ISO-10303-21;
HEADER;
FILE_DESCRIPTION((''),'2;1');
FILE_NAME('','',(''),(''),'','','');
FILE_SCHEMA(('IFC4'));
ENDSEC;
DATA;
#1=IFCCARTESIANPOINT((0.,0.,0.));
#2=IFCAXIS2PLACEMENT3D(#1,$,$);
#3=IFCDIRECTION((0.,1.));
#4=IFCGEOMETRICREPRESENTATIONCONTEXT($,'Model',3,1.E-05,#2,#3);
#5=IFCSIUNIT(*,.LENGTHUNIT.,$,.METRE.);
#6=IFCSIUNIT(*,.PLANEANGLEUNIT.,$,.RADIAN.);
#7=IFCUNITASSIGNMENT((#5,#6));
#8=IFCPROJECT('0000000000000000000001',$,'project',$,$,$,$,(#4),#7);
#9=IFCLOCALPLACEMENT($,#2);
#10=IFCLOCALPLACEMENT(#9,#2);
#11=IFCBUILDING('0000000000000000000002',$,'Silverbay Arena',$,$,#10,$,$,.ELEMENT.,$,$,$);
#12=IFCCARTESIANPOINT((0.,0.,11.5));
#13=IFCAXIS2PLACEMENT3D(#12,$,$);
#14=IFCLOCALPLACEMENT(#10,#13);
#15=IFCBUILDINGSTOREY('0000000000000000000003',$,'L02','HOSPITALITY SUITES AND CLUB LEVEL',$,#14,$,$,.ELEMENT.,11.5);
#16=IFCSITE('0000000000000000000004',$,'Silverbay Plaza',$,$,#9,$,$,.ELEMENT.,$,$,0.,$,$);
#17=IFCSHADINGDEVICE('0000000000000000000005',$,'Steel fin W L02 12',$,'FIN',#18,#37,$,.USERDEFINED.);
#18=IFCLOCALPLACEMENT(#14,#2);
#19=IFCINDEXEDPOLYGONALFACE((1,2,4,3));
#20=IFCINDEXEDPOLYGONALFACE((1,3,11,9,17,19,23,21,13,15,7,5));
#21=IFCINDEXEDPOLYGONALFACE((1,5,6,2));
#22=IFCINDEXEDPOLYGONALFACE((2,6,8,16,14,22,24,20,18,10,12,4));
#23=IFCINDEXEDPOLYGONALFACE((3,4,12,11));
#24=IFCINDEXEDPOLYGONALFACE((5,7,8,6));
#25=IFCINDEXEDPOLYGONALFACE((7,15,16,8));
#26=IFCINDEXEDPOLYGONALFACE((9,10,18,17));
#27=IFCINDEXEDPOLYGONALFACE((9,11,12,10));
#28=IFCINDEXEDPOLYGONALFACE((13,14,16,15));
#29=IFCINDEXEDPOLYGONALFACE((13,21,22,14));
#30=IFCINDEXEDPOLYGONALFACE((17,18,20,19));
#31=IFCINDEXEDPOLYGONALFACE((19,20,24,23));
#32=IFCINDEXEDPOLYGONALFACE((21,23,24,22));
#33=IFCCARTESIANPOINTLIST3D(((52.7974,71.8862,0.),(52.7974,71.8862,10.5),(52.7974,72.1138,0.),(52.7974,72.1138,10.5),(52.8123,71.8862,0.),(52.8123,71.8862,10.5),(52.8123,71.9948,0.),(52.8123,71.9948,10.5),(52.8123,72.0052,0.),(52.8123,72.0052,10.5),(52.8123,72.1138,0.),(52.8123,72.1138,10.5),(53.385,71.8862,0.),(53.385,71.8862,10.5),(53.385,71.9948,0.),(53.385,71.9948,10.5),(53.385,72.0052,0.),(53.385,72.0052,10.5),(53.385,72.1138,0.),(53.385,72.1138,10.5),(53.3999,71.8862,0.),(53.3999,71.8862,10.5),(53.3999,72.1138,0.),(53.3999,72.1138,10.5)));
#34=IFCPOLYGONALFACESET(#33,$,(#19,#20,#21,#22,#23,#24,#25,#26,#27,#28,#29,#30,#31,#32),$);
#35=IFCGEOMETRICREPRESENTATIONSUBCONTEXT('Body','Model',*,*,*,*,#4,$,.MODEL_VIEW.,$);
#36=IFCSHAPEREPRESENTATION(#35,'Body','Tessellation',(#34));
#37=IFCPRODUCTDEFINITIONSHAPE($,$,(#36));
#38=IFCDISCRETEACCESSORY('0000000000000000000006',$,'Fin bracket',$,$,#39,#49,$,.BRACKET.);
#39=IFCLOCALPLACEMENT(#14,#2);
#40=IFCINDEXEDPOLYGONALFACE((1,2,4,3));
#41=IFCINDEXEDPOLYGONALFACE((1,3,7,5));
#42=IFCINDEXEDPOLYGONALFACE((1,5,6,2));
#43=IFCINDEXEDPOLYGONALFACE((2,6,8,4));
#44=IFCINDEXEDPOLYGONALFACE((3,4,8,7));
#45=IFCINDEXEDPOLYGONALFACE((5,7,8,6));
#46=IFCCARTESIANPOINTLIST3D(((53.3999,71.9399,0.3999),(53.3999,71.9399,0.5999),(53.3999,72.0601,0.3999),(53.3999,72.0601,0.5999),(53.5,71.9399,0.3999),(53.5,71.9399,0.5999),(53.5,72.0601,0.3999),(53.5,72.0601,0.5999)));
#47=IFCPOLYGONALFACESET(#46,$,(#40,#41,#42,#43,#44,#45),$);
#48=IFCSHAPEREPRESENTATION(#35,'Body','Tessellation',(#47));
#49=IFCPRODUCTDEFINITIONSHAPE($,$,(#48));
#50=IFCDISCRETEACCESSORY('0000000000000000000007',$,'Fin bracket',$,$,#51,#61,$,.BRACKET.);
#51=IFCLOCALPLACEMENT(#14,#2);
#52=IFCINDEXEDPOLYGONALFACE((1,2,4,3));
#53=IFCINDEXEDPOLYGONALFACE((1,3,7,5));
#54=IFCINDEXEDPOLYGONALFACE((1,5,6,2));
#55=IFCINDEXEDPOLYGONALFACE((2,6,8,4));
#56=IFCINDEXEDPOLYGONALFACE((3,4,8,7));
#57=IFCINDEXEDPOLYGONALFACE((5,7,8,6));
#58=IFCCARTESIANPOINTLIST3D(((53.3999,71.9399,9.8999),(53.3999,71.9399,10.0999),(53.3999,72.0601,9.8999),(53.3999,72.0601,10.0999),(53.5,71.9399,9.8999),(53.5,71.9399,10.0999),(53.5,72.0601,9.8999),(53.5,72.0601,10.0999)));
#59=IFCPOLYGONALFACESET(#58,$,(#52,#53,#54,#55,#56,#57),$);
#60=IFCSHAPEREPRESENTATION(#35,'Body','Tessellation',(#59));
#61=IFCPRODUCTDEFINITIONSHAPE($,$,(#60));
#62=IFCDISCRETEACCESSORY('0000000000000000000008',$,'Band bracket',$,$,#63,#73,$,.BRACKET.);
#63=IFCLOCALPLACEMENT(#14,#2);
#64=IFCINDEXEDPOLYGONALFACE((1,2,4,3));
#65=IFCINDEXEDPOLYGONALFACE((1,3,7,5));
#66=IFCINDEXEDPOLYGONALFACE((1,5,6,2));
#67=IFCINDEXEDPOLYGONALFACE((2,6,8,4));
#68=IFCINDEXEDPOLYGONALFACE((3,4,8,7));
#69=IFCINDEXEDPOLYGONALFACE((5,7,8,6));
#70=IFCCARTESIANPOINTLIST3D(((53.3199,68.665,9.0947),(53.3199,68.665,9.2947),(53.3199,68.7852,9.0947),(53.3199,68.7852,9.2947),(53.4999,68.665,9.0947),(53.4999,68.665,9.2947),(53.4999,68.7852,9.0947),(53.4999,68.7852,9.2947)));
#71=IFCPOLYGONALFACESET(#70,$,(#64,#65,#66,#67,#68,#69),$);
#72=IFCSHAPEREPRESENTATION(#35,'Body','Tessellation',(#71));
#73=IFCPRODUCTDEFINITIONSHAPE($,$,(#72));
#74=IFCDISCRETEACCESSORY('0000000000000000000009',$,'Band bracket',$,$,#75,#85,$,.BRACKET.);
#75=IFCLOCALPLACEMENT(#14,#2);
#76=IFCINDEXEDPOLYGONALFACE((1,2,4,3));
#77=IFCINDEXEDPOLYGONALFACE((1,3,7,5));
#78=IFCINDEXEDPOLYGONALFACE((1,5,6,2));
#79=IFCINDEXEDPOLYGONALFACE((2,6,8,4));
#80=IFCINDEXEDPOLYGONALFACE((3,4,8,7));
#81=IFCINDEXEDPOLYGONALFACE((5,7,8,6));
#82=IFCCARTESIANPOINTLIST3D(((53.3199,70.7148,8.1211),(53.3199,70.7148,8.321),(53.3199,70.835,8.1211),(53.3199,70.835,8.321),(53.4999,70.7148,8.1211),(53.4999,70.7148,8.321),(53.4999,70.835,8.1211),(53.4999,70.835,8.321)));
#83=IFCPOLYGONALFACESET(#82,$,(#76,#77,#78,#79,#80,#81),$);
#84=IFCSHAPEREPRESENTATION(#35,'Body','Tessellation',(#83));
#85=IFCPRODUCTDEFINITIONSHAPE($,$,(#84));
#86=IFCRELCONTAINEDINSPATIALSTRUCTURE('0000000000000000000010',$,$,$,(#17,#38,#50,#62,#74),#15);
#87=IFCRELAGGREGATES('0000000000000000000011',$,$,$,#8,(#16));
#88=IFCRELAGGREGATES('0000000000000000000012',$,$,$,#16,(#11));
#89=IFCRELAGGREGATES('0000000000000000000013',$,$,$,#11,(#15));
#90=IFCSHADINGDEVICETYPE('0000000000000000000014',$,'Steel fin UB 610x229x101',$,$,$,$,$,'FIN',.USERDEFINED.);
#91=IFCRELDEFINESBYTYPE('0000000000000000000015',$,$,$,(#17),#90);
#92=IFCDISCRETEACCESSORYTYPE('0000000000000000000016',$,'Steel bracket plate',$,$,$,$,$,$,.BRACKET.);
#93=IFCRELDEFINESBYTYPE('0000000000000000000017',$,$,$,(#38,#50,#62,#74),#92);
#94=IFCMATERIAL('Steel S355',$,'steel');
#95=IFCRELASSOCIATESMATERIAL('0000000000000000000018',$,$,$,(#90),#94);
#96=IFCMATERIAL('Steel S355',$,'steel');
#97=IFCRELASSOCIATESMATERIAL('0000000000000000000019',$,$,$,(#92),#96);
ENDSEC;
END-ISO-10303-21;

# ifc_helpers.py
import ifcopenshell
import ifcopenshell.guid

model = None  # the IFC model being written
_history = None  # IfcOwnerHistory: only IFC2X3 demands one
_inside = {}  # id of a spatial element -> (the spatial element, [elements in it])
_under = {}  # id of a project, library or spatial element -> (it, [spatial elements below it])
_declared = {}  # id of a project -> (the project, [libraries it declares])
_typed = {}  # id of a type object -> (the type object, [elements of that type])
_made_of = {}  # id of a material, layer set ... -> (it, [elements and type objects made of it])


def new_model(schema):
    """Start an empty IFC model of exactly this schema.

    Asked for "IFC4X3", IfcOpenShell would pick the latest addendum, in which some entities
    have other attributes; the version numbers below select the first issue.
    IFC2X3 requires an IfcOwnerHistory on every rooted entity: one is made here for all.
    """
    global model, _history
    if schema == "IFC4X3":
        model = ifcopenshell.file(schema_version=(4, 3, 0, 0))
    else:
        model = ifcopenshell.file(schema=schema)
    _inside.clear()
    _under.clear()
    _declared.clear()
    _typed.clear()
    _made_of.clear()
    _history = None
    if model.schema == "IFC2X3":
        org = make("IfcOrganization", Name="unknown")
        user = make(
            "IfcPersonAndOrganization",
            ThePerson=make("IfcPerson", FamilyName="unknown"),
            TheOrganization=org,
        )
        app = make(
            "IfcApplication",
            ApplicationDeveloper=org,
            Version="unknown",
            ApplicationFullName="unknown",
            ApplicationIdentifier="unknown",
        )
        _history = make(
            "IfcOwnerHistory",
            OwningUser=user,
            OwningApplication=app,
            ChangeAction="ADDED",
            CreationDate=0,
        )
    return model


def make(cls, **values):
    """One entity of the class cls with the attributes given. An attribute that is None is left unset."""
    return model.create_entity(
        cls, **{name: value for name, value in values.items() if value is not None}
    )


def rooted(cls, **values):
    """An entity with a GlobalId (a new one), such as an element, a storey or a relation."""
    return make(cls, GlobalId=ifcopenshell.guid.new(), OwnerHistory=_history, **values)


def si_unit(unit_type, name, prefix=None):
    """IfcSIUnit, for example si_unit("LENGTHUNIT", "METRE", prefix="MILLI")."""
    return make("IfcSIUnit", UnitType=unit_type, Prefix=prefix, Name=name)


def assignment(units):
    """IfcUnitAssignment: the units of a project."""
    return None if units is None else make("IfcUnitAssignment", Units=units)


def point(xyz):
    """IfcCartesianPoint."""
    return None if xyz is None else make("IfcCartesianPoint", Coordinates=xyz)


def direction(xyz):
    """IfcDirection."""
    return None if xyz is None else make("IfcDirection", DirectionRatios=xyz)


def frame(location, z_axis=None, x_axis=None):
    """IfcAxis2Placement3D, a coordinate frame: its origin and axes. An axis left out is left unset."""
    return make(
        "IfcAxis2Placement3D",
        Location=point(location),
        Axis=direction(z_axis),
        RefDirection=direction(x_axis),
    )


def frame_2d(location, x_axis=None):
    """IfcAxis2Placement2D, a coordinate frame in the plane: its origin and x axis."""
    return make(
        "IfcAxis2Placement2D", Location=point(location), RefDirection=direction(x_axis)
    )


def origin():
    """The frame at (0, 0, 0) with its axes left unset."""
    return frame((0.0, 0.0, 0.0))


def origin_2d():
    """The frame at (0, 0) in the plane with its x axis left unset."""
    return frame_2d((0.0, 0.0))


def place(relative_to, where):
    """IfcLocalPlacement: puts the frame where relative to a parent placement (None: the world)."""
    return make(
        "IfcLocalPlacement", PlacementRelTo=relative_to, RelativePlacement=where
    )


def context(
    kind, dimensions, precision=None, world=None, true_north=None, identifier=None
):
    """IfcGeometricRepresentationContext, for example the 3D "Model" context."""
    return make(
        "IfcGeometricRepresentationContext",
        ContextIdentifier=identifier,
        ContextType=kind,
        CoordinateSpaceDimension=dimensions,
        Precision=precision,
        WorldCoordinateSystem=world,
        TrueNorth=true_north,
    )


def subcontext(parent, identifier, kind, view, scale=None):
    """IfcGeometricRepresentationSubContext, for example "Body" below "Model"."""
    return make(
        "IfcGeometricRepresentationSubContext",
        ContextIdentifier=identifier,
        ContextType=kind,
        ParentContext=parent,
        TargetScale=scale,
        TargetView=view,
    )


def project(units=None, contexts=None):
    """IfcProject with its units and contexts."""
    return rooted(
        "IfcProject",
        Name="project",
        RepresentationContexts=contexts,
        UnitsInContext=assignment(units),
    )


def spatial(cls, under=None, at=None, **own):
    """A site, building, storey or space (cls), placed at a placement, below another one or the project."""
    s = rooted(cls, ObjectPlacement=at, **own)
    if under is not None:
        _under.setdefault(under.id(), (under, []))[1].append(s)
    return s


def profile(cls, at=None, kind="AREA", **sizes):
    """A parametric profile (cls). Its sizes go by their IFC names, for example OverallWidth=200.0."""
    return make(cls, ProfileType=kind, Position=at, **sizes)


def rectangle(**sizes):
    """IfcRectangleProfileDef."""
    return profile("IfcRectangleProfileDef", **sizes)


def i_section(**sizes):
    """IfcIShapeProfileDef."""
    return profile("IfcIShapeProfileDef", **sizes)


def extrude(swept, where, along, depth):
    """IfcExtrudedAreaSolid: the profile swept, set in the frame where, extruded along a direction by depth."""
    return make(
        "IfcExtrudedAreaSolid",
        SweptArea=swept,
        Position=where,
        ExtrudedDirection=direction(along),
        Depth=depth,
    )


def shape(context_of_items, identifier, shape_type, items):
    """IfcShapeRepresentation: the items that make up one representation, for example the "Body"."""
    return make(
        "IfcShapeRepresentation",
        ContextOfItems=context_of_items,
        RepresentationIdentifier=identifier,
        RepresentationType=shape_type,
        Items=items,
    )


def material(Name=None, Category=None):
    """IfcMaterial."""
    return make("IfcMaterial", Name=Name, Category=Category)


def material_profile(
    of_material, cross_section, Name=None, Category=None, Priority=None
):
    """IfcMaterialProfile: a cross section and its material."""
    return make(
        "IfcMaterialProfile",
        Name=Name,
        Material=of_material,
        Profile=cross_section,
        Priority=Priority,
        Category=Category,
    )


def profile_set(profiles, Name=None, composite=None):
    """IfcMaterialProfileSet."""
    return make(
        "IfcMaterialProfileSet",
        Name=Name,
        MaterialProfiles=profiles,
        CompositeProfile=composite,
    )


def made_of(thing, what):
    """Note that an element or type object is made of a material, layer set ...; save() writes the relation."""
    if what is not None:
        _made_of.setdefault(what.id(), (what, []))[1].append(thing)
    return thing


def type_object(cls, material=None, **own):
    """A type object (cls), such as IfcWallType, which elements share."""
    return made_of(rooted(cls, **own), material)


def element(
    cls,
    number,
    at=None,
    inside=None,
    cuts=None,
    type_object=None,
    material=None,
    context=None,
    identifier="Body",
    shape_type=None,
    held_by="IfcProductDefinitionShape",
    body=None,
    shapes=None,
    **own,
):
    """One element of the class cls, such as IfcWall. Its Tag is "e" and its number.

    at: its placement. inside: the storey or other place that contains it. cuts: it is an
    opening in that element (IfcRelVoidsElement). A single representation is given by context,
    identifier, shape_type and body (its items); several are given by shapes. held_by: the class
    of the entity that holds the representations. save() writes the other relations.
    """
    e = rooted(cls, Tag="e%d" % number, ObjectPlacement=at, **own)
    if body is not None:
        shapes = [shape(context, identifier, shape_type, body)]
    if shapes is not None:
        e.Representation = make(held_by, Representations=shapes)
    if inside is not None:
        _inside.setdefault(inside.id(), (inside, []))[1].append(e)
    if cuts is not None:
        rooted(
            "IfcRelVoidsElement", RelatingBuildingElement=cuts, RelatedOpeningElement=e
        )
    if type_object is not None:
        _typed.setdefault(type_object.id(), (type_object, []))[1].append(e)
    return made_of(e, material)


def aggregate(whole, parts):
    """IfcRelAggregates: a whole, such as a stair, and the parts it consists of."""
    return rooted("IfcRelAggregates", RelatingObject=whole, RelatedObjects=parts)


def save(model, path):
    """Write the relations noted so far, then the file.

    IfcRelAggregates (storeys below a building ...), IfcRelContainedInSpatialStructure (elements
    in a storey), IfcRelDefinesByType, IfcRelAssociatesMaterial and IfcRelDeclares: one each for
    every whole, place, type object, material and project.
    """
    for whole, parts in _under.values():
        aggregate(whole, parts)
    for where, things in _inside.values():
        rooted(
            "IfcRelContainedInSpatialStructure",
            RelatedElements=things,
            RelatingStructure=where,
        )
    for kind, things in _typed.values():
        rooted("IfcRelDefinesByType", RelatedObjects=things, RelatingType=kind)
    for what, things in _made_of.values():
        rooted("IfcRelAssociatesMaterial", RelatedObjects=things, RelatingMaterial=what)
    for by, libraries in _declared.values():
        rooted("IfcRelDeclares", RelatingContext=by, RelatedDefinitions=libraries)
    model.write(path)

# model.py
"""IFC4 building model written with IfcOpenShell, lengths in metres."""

from ifc_helpers import new_model, si_unit, direction, frame, origin, origin_2d, place, context, subcontext, project, spatial, rectangle, i_section, extrude, material, material_profile, profile_set, type_object, element, save


model = new_model("IFC4")

# Units and contexts
model_context = context("Model", 3, precision=1e-05, world=origin(), true_north=direction((0.0, 1.0)))
body_context = subcontext(model_context, "Body", "Model", "MODEL_VIEW")
ifc_project = project(units=[si_unit("LENGTHUNIT", "METRE"), si_unit("PLANEANGLEUNIT", "RADIAN")], contexts=[model_context])

# Site, building, storey
site_placement = place(None, origin())
site = spatial("IfcSite", under=ifc_project, at=site_placement, Name="Silverbay Plaza", CompositionType="ELEMENT", RefElevation=0.0)
building_placement = place(site_placement, origin())
building = spatial("IfcBuilding", under=site, at=building_placement, Name="Silverbay Arena", CompositionType="ELEMENT")
storey_placement = place(building_placement, frame((0.0, 0.0, 11.5)))
storey = spatial("IfcBuildingStorey", under=building, at=storey_placement, Name="L02", Description="HOSPITALITY SUITES AND CLUB LEVEL", CompositionType="ELEMENT", Elevation=11.5)

# Shading device
ifc_material_1 = material(Name="Steel S355", Category="steel")
ifc_material_profile_1 = material_profile(ifc_material_1, i_section(OverallWidth=0.2275, OverallDepth=0.6025, WebThickness=0.0105, FlangeThickness=0.0149, at=origin_2d()), Name="UB 610x229x101")
ifc_profile_set_1 = profile_set([ifc_material_profile_1], Name="Steel S355")
shading_device_type = type_object("IfcShadingDeviceType", Name="Steel fin UB 610x229x101", ElementType="FIN", PredefinedType="USERDEFINED", material=ifc_profile_set_1)
shading_device_placement = place(storey_placement, frame((53.0986, 72.0, 0.0), z_axis=(0.0, 0.0, 1.0), x_axis=(0.0, 1.0, 0.0)))
element("IfcShadingDevice", 1, at=shading_device_placement, inside=storey, type_object=shading_device_type, Name="Steel fin W L02 12", ObjectType="FIN", PredefinedType="USERDEFINED", context=body_context, shape_type="SweptSolid", body=[
    extrude(i_section(OverallWidth=0.2275, OverallDepth=0.6025, WebThickness=0.0105, FlangeThickness=0.0149, at=origin_2d()), origin(), (0.0, 0.0, 1.0), 10.5),
])

# Discrete accessories
ifc_material_2 = material(Name="Steel S355", Category="steel")
discrete_accessory_type = type_object("IfcDiscreteAccessoryType", Name="Steel bracket plate", PredefinedType="BRACKET", material=ifc_material_2)
for number, where, z_axis, x_axis, name in (
    (2, (53.45, 72.0, 0.3999), (0.0, 0.0, 1.0), (1.0, 0.0, 0.0), "Fin bracket"),
    (3, (53.45, 72.0, 9.8999), (0.0, 0.0, 1.0), (1.0, 0.0, 0.0), "Fin bracket"),
):
    element("IfcDiscreteAccessory", number, at=place(storey_placement, frame(where, z_axis=z_axis, x_axis=x_axis)), inside=storey, type_object=discrete_accessory_type, Name=name, PredefinedType="BRACKET", context=body_context, shape_type="SweptSolid", body=[
        extrude(rectangle(XDim=0.1001, YDim=0.1201, at=origin_2d()), origin(), (0.0, 0.0, 1.0), 0.2),
    ])
for number, where, z_axis, x_axis, name in (
    (4, (53.4099, 68.7251, 9.0947), (0.0, 0.0, 1.0), (1.0, 0.0, 0.0), "Band bracket"),
    (5, (53.4099, 70.7749, 8.1211), (0.0, 0.0, 1.0), (1.0, 0.0, 0.0), "Band bracket"),
):
    element("IfcDiscreteAccessory", number, at=place(storey_placement, frame(where, z_axis=z_axis, x_axis=x_axis)), inside=storey, type_object=discrete_accessory_type, Name=name, PredefinedType="BRACKET", context=body_context, shape_type="SweptSolid", body=[
        extrude(rectangle(XDim=0.1799, YDim=0.1201, at=origin_2d()), origin(), (0.0, 0.0, 1.0), 0.2),
    ])

save(model, "model.ifc")
